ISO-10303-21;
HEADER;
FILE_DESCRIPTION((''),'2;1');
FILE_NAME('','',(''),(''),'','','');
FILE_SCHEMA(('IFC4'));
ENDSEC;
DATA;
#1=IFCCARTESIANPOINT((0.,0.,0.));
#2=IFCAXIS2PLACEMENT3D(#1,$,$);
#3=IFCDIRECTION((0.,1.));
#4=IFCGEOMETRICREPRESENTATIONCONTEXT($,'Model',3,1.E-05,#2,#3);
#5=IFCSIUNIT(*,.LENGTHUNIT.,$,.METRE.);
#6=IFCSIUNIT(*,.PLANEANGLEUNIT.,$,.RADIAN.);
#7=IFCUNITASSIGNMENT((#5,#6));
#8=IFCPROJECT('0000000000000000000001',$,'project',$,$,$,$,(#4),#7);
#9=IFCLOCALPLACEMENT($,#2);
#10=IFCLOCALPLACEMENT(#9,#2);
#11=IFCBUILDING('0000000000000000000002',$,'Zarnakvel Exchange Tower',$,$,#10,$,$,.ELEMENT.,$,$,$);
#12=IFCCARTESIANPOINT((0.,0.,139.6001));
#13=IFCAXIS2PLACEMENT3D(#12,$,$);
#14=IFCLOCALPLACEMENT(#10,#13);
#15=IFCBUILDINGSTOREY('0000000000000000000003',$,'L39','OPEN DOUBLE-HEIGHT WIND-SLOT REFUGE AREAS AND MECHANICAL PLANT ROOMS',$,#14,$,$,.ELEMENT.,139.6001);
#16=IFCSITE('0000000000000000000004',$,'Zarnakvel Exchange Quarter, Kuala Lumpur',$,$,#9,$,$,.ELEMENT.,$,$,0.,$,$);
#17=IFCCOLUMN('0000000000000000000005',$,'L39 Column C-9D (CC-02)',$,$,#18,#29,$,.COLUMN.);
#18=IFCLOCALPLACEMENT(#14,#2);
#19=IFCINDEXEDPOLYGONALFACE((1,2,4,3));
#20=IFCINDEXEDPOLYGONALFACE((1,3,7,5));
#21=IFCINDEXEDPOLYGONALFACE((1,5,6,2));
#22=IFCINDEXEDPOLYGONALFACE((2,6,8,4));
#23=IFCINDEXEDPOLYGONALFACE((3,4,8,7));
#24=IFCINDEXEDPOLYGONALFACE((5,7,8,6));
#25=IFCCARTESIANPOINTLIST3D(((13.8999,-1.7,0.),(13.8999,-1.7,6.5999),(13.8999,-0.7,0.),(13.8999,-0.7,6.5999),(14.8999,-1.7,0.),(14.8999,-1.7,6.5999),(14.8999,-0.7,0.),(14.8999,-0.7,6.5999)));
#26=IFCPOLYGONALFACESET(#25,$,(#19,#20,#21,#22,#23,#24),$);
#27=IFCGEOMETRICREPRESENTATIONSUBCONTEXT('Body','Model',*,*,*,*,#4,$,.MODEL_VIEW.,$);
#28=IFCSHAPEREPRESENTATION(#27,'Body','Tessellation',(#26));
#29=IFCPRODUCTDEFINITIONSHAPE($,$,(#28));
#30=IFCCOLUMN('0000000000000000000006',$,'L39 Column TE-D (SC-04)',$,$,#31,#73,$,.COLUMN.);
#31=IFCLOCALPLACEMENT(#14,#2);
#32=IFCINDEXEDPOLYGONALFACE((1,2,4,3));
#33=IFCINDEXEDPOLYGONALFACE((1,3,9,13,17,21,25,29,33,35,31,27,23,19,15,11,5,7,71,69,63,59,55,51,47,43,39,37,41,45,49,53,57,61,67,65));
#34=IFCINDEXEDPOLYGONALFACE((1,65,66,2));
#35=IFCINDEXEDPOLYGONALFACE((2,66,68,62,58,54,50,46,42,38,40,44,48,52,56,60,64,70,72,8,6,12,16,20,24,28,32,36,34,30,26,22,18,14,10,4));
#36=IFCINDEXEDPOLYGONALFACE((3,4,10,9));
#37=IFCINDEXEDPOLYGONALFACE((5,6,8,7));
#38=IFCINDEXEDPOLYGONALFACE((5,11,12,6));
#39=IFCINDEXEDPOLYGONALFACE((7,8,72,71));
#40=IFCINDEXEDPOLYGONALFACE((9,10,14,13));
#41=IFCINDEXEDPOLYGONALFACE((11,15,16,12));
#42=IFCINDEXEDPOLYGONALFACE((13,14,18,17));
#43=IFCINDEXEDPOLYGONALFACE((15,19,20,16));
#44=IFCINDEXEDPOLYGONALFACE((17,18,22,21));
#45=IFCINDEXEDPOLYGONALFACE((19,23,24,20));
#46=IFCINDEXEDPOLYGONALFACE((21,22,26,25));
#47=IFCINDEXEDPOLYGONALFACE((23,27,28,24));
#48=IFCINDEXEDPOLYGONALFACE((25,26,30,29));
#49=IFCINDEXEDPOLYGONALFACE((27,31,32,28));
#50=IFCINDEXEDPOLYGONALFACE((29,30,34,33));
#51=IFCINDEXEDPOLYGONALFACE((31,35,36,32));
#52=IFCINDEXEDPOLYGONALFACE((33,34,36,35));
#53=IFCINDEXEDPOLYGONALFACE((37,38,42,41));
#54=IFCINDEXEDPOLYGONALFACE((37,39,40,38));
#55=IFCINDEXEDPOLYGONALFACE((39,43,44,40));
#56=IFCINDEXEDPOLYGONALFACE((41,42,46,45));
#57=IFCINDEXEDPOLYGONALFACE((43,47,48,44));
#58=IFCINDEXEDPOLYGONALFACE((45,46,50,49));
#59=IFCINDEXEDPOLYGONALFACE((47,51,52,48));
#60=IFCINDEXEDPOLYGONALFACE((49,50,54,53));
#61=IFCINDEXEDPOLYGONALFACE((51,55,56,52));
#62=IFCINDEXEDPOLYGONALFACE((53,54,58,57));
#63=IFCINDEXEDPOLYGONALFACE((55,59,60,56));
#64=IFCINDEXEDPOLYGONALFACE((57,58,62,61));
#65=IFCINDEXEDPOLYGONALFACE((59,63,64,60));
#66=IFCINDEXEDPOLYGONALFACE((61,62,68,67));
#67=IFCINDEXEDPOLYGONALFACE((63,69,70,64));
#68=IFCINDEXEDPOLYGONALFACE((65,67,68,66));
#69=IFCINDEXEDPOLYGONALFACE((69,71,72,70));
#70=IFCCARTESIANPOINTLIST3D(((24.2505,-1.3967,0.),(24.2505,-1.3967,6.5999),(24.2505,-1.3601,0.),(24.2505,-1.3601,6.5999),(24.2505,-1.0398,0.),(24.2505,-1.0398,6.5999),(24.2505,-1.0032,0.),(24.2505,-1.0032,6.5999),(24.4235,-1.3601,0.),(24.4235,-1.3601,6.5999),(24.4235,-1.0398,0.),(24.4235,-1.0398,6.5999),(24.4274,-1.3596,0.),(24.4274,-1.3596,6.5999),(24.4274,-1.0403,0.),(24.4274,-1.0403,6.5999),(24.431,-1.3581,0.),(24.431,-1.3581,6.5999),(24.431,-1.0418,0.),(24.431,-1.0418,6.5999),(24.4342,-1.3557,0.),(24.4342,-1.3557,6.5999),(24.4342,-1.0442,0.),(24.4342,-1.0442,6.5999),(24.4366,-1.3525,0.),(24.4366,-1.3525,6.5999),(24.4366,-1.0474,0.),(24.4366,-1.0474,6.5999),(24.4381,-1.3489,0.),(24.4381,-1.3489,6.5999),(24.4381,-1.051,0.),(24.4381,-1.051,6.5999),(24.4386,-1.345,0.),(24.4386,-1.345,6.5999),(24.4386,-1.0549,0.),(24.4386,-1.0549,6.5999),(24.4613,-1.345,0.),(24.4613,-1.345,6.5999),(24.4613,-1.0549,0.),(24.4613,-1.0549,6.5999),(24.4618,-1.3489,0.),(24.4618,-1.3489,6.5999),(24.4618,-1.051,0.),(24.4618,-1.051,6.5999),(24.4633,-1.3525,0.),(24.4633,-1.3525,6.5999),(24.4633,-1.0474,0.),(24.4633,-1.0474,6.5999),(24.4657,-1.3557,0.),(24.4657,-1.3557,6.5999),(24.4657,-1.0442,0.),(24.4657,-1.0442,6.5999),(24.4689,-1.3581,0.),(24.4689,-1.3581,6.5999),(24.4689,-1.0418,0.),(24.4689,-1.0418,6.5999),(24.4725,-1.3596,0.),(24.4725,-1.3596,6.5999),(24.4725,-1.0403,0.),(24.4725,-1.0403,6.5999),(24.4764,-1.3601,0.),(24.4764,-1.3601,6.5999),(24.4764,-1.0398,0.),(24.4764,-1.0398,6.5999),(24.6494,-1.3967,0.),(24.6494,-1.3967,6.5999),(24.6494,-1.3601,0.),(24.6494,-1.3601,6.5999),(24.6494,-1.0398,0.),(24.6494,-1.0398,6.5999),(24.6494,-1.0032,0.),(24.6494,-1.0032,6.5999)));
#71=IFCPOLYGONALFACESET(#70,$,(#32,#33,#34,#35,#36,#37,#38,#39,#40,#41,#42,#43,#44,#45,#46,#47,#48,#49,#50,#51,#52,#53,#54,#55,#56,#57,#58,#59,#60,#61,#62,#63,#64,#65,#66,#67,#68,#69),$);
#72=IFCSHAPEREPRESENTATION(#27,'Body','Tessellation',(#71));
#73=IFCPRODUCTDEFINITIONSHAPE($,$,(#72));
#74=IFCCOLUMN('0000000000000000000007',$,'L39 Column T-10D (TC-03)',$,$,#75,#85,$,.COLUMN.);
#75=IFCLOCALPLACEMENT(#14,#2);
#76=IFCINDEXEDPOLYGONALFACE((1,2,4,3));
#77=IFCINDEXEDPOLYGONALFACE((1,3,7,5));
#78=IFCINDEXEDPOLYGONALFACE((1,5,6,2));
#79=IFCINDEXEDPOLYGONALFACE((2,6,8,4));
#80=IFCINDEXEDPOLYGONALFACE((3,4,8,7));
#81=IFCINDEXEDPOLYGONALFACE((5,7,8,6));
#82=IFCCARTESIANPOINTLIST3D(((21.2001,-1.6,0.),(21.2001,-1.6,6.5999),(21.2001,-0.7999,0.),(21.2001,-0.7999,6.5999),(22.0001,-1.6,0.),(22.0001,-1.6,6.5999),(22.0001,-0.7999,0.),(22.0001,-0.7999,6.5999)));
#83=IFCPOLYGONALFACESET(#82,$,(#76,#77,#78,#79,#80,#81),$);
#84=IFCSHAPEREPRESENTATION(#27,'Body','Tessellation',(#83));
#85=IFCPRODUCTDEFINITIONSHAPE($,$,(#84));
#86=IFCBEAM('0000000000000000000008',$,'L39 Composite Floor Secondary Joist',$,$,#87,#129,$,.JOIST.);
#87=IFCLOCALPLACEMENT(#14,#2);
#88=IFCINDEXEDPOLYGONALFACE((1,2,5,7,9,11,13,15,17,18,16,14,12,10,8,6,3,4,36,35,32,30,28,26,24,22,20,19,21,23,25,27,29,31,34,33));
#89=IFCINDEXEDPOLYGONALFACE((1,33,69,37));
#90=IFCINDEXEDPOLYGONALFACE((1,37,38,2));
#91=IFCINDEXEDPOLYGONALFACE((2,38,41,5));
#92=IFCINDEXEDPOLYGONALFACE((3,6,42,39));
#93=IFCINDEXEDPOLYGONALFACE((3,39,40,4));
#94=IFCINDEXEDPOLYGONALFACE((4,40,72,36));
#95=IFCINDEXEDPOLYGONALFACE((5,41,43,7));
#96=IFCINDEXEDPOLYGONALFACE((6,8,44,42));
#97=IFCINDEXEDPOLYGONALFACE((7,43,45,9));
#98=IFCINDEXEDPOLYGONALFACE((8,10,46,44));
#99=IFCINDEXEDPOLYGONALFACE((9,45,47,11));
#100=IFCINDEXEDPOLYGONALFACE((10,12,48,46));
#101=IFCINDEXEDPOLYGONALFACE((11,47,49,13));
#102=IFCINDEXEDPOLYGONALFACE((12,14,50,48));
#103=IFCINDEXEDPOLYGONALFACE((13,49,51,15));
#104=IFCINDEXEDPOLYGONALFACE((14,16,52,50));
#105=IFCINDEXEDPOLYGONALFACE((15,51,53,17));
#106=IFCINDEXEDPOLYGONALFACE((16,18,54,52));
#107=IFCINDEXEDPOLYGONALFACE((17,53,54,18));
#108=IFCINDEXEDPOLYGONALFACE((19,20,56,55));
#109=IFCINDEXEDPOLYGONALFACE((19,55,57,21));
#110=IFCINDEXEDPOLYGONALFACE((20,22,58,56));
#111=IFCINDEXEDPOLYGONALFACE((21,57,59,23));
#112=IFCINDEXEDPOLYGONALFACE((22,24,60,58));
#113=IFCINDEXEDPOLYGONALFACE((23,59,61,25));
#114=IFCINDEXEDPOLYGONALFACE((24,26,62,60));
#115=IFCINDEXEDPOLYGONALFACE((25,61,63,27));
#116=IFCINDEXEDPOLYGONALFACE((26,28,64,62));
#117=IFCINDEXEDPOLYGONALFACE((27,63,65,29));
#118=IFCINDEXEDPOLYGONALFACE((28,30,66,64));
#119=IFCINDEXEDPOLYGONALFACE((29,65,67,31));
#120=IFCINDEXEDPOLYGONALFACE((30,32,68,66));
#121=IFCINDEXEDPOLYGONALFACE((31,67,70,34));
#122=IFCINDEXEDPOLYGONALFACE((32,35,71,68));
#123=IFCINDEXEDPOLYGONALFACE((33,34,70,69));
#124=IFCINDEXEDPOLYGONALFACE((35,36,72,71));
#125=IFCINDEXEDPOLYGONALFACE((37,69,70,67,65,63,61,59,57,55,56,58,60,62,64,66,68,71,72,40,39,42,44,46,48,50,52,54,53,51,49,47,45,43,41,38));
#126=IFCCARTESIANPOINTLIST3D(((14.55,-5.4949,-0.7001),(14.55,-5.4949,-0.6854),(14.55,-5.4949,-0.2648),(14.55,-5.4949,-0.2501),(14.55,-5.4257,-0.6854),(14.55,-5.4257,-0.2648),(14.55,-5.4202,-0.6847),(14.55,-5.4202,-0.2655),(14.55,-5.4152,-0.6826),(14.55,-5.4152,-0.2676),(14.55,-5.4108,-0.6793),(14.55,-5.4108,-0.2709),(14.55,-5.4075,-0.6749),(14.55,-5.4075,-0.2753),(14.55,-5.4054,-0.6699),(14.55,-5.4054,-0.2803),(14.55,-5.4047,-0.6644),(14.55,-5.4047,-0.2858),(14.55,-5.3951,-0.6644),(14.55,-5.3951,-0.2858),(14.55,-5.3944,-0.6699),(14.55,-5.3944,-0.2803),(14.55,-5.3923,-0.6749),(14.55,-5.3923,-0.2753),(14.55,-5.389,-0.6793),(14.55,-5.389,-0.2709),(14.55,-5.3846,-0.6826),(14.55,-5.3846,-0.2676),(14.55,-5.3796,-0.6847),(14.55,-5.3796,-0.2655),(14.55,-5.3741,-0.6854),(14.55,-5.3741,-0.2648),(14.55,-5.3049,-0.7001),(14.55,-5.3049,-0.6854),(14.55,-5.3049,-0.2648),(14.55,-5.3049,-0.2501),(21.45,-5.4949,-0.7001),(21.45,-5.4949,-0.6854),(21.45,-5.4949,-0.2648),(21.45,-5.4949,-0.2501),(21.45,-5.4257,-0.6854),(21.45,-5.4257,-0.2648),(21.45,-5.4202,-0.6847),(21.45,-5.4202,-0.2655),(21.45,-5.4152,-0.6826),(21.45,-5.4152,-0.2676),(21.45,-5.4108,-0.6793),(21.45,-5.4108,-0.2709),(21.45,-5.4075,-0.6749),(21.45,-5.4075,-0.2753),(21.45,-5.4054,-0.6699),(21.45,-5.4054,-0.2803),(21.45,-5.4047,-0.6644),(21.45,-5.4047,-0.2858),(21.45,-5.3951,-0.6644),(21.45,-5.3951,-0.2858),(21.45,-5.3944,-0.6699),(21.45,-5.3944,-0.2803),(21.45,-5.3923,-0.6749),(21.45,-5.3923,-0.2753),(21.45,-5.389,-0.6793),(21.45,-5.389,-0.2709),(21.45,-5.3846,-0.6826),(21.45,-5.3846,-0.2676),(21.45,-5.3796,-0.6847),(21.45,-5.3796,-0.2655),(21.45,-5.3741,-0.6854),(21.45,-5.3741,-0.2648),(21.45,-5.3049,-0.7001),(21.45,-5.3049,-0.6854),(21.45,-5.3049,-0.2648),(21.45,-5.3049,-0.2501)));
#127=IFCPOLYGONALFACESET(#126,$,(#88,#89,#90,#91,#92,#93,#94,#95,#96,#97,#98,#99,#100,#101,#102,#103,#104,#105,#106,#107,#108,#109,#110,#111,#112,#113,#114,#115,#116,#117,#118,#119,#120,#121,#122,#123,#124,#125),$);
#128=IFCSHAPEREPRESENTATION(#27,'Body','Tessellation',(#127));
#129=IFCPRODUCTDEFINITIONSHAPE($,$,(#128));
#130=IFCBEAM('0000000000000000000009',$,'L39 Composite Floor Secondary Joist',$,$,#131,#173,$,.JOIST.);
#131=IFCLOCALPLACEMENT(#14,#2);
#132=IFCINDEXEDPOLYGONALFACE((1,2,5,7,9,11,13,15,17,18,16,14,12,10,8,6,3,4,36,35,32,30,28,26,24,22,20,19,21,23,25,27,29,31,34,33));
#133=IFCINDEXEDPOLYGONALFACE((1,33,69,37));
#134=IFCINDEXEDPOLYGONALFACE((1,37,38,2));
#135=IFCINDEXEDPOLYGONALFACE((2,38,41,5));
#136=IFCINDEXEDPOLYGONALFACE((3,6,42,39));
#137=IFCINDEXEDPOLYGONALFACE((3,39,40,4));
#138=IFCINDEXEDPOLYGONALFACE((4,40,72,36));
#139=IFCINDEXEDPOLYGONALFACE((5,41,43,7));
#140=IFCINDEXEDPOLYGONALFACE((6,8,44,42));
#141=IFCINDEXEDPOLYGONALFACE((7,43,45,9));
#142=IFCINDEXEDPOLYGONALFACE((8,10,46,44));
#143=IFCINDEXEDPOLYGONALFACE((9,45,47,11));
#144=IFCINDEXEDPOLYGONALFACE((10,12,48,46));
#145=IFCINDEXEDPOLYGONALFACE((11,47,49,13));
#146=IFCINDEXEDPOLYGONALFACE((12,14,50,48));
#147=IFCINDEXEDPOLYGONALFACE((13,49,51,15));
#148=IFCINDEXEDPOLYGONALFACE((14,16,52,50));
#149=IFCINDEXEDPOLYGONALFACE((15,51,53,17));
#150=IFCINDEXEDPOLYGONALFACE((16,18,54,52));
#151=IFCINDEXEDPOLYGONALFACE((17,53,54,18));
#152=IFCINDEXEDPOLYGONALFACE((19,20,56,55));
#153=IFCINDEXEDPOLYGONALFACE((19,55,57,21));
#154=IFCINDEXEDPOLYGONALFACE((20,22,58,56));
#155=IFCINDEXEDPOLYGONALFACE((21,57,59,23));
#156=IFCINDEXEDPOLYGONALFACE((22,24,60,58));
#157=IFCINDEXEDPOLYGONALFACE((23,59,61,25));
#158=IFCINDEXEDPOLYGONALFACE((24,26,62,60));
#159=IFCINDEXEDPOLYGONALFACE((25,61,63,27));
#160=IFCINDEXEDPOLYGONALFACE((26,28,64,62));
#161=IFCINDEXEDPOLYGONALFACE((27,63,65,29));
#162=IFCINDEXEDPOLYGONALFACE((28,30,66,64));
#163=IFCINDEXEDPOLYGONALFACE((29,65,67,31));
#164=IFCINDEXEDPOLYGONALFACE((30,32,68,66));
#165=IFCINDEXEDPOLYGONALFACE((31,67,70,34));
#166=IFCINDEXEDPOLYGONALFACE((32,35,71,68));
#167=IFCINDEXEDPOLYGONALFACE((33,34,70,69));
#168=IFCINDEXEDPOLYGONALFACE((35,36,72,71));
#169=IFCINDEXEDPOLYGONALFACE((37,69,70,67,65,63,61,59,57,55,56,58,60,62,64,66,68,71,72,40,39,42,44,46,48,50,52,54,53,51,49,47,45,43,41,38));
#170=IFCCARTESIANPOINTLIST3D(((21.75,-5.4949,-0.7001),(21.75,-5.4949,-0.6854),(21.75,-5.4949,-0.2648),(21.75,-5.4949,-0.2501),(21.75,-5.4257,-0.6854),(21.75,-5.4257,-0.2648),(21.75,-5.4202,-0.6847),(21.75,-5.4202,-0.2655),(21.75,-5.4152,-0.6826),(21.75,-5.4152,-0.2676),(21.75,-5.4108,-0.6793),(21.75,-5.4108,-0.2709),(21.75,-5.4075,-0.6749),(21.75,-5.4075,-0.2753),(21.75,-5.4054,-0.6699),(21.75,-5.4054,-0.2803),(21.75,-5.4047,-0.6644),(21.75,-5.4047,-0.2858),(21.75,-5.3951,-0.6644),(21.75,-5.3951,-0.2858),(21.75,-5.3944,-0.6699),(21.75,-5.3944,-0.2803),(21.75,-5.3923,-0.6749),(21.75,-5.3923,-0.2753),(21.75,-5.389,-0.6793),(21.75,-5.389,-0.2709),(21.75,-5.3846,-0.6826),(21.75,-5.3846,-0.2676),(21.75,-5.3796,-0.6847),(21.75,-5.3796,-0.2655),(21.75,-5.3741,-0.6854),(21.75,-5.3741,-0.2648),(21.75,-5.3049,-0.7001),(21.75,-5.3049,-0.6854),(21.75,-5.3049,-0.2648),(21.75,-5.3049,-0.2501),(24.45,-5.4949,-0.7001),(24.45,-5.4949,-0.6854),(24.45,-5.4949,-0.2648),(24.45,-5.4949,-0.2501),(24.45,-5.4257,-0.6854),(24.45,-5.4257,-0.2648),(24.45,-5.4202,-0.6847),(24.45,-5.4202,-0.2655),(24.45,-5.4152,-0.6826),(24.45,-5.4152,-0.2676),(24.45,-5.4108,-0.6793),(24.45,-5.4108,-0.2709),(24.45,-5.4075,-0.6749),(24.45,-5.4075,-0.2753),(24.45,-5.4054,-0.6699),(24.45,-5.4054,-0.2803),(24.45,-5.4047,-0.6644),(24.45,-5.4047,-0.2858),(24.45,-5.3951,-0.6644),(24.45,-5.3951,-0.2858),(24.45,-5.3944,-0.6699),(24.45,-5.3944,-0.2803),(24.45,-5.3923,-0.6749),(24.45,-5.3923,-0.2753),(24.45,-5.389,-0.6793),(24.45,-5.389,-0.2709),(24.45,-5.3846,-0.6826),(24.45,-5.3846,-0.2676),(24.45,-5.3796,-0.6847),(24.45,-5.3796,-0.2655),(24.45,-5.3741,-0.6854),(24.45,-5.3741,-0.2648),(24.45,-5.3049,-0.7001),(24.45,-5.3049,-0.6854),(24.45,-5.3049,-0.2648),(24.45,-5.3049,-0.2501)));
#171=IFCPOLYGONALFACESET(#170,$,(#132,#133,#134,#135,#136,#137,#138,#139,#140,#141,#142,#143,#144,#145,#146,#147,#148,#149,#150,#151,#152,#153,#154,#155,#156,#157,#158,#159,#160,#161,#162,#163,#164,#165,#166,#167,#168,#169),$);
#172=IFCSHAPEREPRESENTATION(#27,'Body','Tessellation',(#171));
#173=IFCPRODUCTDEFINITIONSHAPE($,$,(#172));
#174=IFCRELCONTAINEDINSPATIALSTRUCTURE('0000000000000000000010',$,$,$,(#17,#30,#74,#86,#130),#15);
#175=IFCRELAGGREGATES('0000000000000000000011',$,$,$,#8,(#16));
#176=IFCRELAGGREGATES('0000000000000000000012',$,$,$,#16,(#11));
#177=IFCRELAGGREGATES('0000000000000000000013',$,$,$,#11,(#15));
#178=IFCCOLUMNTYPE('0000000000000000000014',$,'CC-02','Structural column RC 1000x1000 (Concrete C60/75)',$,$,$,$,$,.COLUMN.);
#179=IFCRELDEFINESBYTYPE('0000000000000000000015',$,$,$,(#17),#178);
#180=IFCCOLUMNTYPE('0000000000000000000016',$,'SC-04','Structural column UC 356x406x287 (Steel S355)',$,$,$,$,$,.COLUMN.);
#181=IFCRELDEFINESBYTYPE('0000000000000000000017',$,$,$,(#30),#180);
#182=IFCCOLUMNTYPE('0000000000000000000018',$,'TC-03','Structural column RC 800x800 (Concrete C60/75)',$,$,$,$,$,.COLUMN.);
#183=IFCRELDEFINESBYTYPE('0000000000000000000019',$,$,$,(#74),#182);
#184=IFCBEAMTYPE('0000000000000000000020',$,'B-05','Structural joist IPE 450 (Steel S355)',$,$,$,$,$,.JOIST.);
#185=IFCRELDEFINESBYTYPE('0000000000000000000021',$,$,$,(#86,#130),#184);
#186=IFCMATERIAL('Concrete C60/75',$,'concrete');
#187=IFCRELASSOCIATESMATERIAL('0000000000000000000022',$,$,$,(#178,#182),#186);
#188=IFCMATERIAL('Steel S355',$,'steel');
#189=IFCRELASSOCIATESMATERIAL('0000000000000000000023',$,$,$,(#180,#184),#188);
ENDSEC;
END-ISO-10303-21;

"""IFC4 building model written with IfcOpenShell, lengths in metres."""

from ifc_helpers import new_model, si_unit, direction, frame, origin, origin_2d, place, context, subcontext, project, spatial, rectangle, i_section, extrude, material, material_profile, profile_set, type_object, element, save


model = new_model("IFC4")

# Units and contexts
model_context = context("Model", 3, precision=1e-05, world=origin(), true_north=direction((0.0, 1.0)))
body_context = subcontext(model_context, "Body", "Model", "MODEL_VIEW")
ifc_project = project(units=[si_unit("LENGTHUNIT", "METRE"), si_unit("PLANEANGLEUNIT", "RADIAN")], contexts=[model_context])

# Site, building, storey
site_placement = place(None, origin())
site = spatial("IfcSite", under=ifc_project, at=site_placement, Name="Zarnakvel Exchange Quarter, Kuala Lumpur", CompositionType="ELEMENT", RefElevation=0.0)
building_placement = place(site_placement, origin())
building = spatial("IfcBuilding", under=site, at=building_placement, Name="Zarnakvel Exchange Tower", CompositionType="ELEMENT")
storey_placement = place(building_placement, frame((0.0, 0.0, 139.6001)))
storey = spatial("IfcBuildingStorey", under=building, at=storey_placement, Name="L39", Description="OPEN DOUBLE-HEIGHT WIND-SLOT REFUGE AREAS AND MECHANICAL PLANT ROOMS", CompositionType="ELEMENT", Elevation=139.6001)

# Columns
ifc_material_1 = material(Name="Concrete C60/75", Category="concrete")
ifc_material_profile_1 = material_profile(ifc_material_1, rectangle(XDim=1.0, YDim=1.0, at=origin_2d()))
ifc_profile_set_1 = profile_set([ifc_material_profile_1], Name="Concrete C60/75")
column_type_1 = type_object("IfcColumnType", Name="CC-02", Description="Structural column RC 1000x1000 (Concrete C60/75)", PredefinedType="COLUMN", material=ifc_profile_set_1)
column_1_placement = place(storey_placement, frame((14.3999, -1.2, 0.0), z_axis=(0.0, 0.0, 1.0), x_axis=(1.0, 0.0, 0.0)))
element("IfcColumn", 1, at=column_1_placement, inside=storey, type_object=column_type_1, Name="L39 Column C-9D (CC-02)", PredefinedType="COLUMN", context=body_context, shape_type="SweptSolid", body=[
    extrude(rectangle(XDim=1.0, YDim=1.0, at=origin_2d()), origin(), (0.0, 0.0, 1.0), 6.5999),
])
ifc_material_2 = material(Name="Steel S355", Category="steel")
ifc_material_profile_2 = material_profile(ifc_material_2, i_section(OverallWidth=0.3989, OverallDepth=0.3936, WebThickness=0.0227, FlangeThickness=0.0366, FilletRadius=0.0151, at=origin_2d()))
ifc_profile_set_2 = profile_set([ifc_material_profile_2], Name="Steel S355")
column_type_2 = type_object("IfcColumnType", Name="SC-04", Description="Structural column UC 356x406x287 (Steel S355)", PredefinedType="COLUMN", material=ifc_profile_set_2)
column_2_placement = place(storey_placement, frame((24.45, -1.2, 0.0), z_axis=(0.0, 0.0, 1.0), x_axis=(1.0, 0.0, 0.0)))
element("IfcColumn", 2, at=column_2_placement, inside=storey, type_object=column_type_2, Name="L39 Column TE-D (SC-04)", PredefinedType="COLUMN", context=body_context, shape_type="SweptSolid", body=[
    extrude(i_section(OverallWidth=0.3989, OverallDepth=0.3936, WebThickness=0.0227, FlangeThickness=0.0366, FilletRadius=0.0151, at=origin_2d()), origin(), (0.0, 0.0, 1.0), 6.5999),
])
ifc_material_profile_3 = material_profile(ifc_material_1, rectangle(XDim=0.8, YDim=0.8, at=origin_2d()))
ifc_profile_set_3 = profile_set([ifc_material_profile_3], Name="Concrete C60/75")
column_type_3 = type_object("IfcColumnType", Name="TC-03", Description="Structural column RC 800x800 (Concrete C60/75)", PredefinedType="COLUMN", material=ifc_profile_set_3)
column_3_placement = place(storey_placement, frame((21.6001, -1.2, 0.0), z_axis=(0.0, 0.0, 1.0), x_axis=(1.0, 0.0, 0.0)))
element("IfcColumn", 3, at=column_3_placement, inside=storey, type_object=column_type_3, Name="L39 Column T-10D (TC-03)", PredefinedType="COLUMN", context=body_context, shape_type="SweptSolid", body=[
    extrude(rectangle(XDim=0.8, YDim=0.8, at=origin_2d()), origin(), (0.0, 0.0, 1.0), 6.5999),
])

# Beams
ifc_material_profile_4 = material_profile(ifc_material_2, i_section(OverallWidth=0.1899, OverallDepth=0.45, WebThickness=0.0095, FlangeThickness=0.0146, FilletRadius=0.021, at=origin_2d()))
ifc_profile_set_4 = profile_set([ifc_material_profile_4], Name="Steel S355")
beam_type_1 = type_object("IfcBeamType", Name="B-05", Description="Structural joist IPE 450 (Steel S355)", PredefinedType="JOIST", material=ifc_profile_set_4)
beam_1_placement = place(storey_placement, frame((14.55, -5.3999, -0.4751), z_axis=(1.0, 0.0, 0.0), x_axis=(0.0, 1.0, 0.0)))
element("IfcBeam", 4, at=beam_1_placement, inside=storey, type_object=beam_type_1, Name="L39 Composite Floor Secondary Joist", PredefinedType="JOIST", context=body_context, shape_type="SweptSolid", body=[
    extrude(i_section(OverallWidth=0.1899, OverallDepth=0.45, WebThickness=0.0095, FlangeThickness=0.0146, FilletRadius=0.021, at=origin_2d()), origin(), (0.0, 0.0, 1.0), 6.8999),
])
beam_2_placement = place(storey_placement, frame((21.75, -5.3999, -0.4751), z_axis=(1.0, 0.0, 0.0), x_axis=(0.0, 1.0, 0.0)))
element("IfcBeam", 5, at=beam_2_placement, inside=storey, type_object=beam_type_1, Name="L39 Composite Floor Secondary Joist", PredefinedType="JOIST", context=body_context, shape_type="SweptSolid", body=[
    extrude(i_section(OverallWidth=0.1899, OverallDepth=0.45, WebThickness=0.0095, FlangeThickness=0.0146, FilletRadius=0.021, at=origin_2d()), origin(), (0.0, 0.0, 1.0), 2.7),
])

save(model, "model.ifc")
